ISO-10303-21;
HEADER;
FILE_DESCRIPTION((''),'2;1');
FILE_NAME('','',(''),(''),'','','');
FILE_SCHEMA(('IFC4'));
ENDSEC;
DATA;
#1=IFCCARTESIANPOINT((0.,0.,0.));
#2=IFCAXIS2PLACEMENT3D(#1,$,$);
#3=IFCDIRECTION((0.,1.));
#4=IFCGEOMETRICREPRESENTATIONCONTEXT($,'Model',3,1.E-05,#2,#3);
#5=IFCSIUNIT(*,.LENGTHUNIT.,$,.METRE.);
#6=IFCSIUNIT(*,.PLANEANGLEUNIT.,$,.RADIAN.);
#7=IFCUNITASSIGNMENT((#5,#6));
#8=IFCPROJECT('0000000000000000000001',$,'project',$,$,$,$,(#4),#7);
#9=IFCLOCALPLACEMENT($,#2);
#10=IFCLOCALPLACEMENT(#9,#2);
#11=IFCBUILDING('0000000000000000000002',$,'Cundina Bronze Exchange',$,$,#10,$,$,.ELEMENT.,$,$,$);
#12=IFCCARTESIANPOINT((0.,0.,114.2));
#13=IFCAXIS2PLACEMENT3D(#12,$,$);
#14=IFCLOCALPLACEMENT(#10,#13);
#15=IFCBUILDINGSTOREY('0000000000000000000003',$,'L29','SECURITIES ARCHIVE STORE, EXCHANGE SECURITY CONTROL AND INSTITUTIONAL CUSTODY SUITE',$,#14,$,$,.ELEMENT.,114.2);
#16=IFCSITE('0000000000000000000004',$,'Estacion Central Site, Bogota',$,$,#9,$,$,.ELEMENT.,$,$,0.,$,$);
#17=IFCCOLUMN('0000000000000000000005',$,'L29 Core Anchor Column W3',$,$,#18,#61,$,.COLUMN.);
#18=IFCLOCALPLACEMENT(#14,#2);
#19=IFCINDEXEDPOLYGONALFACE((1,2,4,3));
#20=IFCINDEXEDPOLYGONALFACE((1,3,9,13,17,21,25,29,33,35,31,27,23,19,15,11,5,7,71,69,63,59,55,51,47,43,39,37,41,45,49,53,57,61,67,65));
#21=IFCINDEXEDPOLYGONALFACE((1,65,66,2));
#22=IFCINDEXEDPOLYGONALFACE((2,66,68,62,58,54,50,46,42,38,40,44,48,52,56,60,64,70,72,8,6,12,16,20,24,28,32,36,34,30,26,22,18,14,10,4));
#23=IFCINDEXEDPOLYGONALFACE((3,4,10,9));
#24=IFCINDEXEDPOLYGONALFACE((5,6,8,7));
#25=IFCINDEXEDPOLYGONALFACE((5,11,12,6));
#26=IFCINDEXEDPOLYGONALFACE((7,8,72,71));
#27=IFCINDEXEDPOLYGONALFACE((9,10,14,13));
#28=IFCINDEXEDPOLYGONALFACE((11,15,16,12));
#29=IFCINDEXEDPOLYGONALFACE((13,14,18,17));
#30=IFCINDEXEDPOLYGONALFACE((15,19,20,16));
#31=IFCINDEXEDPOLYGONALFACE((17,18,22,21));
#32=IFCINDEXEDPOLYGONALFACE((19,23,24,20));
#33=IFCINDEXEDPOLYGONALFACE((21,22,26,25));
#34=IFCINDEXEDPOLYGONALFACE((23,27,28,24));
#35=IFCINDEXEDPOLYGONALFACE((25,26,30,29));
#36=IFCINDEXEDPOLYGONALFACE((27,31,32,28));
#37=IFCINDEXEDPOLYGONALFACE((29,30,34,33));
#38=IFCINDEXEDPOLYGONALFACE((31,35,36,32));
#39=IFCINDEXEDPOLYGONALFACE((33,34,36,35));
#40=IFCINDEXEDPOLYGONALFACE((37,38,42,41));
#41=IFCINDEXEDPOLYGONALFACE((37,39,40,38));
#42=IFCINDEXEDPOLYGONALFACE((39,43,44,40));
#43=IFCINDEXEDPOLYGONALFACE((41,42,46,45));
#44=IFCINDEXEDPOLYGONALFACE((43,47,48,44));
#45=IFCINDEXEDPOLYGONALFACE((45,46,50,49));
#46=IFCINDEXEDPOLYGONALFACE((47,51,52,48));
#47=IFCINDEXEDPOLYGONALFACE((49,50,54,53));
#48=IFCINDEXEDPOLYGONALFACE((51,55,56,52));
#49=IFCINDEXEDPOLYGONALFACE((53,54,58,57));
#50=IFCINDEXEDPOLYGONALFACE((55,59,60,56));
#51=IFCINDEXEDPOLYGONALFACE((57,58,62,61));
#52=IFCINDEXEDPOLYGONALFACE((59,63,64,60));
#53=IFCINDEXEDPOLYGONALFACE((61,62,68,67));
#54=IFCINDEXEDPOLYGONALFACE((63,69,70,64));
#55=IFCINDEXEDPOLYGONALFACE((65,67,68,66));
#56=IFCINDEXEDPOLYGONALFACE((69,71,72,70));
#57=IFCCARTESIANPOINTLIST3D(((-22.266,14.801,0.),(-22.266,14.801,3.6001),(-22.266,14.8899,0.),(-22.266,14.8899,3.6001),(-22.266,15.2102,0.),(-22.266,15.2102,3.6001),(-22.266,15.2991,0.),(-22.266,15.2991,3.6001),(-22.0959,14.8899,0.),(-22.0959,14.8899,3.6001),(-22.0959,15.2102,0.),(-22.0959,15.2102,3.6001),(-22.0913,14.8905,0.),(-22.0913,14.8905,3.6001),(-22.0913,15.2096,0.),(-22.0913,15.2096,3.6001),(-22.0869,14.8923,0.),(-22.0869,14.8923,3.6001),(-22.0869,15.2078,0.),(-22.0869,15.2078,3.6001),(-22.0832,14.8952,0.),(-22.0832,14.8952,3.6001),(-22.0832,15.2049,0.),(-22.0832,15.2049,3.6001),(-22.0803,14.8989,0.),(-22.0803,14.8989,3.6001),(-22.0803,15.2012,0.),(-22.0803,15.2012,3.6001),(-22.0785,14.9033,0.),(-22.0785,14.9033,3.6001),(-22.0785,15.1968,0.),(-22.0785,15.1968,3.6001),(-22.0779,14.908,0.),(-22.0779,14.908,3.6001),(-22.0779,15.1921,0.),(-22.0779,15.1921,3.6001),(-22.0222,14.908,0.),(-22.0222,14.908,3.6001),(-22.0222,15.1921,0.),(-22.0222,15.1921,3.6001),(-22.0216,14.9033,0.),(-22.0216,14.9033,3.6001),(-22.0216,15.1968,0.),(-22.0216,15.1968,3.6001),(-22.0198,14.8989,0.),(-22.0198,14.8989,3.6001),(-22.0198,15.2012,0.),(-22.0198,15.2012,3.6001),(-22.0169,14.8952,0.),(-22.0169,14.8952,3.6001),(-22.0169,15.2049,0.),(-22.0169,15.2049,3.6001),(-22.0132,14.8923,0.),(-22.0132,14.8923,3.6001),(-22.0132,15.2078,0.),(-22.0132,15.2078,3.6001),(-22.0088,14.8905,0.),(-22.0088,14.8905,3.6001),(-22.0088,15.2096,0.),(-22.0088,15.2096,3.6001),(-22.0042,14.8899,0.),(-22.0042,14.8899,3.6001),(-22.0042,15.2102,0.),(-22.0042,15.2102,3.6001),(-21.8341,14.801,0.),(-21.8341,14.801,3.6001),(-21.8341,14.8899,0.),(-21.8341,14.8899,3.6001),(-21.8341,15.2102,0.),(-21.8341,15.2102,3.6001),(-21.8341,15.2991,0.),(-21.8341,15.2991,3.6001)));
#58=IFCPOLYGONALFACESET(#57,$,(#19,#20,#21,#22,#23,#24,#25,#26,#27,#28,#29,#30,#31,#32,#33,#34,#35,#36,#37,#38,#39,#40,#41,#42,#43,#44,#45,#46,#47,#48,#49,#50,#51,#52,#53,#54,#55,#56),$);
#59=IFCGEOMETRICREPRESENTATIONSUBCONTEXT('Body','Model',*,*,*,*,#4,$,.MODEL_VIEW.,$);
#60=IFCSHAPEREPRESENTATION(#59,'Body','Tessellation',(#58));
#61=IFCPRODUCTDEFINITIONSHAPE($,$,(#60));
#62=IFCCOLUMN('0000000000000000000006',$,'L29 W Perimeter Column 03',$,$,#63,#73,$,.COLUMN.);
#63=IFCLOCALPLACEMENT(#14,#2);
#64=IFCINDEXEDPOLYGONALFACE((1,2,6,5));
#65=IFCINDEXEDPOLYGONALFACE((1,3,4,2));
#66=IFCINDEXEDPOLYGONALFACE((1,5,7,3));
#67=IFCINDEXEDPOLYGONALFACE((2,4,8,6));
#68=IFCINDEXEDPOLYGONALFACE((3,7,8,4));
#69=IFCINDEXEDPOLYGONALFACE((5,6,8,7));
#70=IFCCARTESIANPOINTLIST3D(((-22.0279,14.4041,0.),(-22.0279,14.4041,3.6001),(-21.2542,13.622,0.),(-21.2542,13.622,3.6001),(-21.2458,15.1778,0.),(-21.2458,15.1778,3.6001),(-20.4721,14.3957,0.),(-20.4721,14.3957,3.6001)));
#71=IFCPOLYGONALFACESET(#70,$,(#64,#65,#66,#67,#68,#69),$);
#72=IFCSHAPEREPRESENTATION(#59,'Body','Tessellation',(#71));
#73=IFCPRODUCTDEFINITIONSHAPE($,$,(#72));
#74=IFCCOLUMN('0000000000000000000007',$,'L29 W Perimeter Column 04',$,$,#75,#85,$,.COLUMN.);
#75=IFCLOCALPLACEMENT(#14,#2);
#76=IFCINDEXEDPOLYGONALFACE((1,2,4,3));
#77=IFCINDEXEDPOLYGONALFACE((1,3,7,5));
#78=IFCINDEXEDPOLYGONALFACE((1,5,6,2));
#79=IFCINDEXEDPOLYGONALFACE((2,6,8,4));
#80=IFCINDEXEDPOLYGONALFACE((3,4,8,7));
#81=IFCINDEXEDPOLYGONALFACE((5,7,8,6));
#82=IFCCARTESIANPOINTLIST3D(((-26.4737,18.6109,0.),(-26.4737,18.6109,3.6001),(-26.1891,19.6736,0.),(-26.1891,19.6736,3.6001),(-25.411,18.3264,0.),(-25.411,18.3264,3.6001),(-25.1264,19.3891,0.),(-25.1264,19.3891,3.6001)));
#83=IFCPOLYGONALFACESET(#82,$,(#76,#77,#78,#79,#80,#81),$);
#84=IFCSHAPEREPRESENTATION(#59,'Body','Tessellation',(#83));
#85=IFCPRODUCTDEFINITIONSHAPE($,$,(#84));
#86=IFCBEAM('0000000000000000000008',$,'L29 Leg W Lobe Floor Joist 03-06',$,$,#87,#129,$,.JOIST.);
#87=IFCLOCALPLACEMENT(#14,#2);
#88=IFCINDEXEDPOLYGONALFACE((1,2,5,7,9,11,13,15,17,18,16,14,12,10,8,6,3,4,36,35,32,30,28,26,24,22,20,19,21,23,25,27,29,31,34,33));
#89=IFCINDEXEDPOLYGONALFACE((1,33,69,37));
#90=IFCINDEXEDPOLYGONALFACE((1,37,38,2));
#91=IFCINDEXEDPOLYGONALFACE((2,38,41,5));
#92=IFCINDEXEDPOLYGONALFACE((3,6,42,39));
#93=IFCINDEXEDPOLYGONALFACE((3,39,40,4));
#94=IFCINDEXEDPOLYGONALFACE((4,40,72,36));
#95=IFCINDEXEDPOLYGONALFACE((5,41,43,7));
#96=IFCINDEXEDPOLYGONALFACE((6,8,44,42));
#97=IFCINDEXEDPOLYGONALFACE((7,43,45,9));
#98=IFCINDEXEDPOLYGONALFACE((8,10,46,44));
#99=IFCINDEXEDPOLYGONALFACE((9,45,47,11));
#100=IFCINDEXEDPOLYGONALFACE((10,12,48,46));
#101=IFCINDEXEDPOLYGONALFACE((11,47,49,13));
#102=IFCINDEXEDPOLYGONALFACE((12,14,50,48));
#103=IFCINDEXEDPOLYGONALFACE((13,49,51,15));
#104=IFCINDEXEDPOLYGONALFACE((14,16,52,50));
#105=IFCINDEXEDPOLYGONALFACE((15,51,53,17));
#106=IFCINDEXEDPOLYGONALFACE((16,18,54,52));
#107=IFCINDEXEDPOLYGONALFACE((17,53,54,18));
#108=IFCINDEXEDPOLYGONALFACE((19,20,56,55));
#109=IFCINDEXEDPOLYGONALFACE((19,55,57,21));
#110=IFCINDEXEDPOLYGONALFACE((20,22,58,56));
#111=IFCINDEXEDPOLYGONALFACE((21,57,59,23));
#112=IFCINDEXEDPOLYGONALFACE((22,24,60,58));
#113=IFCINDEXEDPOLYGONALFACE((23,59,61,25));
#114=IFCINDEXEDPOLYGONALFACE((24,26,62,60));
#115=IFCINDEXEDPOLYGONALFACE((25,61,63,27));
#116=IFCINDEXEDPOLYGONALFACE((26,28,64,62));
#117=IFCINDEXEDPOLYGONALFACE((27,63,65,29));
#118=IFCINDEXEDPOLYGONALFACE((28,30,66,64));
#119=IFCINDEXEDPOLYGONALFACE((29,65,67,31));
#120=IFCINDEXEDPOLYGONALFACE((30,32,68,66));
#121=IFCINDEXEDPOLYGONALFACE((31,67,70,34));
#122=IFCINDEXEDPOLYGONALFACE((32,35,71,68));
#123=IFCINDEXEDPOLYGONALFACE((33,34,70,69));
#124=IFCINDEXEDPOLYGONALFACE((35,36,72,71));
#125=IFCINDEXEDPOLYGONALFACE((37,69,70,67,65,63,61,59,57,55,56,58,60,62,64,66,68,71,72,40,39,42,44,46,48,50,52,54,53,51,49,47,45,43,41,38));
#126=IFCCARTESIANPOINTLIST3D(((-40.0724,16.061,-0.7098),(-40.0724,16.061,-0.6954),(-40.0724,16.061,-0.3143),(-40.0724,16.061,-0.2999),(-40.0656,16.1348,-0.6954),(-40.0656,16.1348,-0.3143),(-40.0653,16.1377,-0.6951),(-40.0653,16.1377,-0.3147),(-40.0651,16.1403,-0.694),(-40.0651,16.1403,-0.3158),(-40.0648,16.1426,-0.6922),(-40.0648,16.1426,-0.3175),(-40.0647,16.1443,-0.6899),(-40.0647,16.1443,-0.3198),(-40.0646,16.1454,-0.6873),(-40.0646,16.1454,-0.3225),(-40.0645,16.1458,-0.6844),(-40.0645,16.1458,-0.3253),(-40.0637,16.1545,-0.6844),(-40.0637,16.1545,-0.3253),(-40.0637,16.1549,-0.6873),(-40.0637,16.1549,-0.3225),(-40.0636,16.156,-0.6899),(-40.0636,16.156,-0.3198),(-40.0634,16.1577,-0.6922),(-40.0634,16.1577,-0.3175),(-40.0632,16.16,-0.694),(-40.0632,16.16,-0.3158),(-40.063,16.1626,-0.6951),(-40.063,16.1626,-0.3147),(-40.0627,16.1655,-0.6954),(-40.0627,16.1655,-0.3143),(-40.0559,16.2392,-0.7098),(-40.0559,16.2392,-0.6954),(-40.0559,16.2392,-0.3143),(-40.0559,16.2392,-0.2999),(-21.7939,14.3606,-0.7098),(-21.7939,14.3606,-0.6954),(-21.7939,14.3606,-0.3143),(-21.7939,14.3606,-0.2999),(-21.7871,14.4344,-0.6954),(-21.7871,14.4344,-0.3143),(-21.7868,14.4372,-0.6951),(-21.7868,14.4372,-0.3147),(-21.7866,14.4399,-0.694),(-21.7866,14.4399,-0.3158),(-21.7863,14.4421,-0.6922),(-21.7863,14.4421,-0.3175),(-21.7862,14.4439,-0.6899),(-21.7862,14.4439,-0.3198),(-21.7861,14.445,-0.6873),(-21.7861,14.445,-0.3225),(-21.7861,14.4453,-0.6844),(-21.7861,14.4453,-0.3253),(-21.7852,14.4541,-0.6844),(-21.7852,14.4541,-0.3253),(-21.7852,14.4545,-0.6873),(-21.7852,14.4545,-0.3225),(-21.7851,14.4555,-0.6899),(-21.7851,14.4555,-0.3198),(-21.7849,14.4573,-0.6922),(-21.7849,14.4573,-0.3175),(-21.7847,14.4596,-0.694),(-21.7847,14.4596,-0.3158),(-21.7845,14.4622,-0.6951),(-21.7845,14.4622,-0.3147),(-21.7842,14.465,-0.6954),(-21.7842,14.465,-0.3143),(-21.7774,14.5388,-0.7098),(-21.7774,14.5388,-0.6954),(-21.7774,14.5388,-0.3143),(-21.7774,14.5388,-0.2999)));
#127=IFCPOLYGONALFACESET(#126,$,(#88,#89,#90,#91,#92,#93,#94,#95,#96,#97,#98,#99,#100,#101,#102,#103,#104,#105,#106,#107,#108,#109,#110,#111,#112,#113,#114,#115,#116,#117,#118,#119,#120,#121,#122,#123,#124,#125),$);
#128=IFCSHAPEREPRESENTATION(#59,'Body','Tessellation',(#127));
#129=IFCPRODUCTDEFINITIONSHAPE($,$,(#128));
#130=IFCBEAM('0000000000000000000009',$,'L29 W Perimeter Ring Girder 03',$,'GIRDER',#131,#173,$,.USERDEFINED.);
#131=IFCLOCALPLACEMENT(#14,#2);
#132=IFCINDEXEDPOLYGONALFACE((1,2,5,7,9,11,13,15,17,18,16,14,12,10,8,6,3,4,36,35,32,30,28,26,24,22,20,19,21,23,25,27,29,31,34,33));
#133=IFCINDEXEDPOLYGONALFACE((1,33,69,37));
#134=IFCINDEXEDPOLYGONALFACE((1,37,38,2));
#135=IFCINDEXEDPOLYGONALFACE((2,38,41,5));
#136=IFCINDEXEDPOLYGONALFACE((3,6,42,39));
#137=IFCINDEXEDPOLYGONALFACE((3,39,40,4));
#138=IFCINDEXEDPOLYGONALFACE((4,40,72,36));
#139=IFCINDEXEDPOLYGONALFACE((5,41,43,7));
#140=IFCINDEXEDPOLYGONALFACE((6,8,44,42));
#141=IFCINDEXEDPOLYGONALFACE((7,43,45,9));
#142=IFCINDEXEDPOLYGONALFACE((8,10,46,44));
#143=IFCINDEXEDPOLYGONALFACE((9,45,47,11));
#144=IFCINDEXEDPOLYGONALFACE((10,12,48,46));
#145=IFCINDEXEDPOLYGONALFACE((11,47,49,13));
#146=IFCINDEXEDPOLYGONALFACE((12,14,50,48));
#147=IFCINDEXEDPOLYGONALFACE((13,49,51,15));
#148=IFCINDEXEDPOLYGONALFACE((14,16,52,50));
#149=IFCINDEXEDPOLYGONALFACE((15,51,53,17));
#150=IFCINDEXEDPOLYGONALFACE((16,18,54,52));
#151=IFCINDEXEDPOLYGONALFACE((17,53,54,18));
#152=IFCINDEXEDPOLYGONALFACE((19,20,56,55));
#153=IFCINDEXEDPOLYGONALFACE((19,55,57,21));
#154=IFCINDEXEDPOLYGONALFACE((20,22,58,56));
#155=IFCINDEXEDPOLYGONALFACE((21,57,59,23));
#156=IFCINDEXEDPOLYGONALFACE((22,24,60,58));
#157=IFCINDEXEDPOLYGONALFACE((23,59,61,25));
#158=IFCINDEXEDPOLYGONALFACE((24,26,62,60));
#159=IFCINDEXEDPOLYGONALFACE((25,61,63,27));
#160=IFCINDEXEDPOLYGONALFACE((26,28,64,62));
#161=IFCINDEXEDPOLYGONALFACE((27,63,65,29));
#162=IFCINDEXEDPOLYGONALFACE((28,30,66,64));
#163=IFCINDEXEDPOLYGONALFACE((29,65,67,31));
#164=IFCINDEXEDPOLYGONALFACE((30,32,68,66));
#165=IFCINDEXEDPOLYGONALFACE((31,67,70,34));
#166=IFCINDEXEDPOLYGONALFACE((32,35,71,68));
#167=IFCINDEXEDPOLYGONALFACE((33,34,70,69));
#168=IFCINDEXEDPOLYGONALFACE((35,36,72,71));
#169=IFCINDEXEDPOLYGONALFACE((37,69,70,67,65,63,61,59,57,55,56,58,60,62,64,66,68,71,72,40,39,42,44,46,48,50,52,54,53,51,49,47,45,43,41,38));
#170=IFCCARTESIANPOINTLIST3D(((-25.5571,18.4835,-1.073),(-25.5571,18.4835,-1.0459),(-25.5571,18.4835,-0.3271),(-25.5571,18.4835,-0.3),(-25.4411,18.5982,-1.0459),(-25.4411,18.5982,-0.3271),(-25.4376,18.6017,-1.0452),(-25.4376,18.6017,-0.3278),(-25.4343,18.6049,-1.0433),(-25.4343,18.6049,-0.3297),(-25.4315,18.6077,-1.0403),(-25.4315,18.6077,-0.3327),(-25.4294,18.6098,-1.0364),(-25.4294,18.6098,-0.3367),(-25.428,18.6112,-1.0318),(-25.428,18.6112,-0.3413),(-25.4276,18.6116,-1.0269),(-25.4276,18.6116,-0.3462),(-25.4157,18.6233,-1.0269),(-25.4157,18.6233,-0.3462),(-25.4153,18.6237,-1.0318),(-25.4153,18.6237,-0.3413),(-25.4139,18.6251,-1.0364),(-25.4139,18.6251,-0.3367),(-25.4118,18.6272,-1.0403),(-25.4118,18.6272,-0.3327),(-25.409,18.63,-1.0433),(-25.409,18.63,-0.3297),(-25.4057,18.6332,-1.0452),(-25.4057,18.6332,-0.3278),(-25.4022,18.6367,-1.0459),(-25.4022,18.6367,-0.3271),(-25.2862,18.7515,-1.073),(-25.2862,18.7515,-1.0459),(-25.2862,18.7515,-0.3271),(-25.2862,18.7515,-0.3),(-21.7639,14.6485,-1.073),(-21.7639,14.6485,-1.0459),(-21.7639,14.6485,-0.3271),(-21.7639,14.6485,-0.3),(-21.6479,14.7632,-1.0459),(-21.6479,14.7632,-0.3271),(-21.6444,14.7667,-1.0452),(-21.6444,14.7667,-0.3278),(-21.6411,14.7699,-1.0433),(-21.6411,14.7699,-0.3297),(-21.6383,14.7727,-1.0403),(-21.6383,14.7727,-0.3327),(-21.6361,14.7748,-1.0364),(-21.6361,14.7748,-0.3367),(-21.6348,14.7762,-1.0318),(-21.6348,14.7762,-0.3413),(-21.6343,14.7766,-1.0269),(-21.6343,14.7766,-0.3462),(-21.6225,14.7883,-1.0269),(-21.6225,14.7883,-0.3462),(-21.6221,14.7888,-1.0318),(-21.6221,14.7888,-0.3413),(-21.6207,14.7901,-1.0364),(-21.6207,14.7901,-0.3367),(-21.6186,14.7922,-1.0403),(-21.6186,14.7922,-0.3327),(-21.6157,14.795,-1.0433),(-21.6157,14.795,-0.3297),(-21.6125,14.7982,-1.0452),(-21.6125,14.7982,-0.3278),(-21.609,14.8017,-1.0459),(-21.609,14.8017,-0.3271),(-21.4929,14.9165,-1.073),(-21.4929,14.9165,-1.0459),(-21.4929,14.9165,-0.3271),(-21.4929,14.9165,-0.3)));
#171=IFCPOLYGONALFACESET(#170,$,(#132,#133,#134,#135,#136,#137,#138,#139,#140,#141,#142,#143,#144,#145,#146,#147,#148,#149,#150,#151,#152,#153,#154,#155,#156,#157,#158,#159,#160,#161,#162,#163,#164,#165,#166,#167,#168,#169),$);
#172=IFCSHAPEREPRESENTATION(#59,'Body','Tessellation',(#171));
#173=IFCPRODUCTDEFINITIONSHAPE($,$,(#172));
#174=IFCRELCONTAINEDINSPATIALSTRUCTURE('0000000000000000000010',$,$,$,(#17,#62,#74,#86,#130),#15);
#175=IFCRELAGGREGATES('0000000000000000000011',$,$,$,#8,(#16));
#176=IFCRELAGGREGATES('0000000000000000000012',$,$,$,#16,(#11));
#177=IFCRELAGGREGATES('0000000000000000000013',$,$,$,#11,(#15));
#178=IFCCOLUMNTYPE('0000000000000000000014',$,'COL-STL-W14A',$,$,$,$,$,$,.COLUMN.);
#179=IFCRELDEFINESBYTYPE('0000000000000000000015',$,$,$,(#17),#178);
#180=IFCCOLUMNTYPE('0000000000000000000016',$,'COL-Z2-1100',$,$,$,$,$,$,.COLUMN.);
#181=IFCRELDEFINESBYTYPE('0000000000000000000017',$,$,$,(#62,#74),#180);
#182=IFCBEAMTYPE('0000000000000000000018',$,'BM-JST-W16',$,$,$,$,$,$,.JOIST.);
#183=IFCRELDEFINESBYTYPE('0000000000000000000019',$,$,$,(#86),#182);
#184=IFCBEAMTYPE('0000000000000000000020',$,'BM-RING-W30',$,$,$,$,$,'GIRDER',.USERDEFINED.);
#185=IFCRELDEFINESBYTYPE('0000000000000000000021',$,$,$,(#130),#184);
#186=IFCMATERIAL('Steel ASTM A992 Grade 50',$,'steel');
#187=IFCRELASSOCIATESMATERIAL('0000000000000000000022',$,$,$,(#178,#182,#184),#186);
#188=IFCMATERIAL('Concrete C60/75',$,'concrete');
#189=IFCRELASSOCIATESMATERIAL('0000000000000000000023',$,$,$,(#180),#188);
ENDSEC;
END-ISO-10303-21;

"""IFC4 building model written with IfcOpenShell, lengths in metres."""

from ifc_helpers import new_model, si_unit, direction, frame, origin, origin_2d, place, context, subcontext, project, spatial, rectangle, i_section, extrude, material, material_profile, profile_set, type_object, element, save


model = new_model("IFC4")

# Units and contexts
model_context = context("Model", 3, precision=1e-05, world=origin(), true_north=direction((0.0, 1.0)))
body_context = subcontext(model_context, "Body", "Model", "MODEL_VIEW")
ifc_project = project(units=[si_unit("LENGTHUNIT", "METRE"), si_unit("PLANEANGLEUNIT", "RADIAN")], contexts=[model_context])

# Site, building, storey
site_placement = place(None, origin())
site = spatial("IfcSite", under=ifc_project, at=site_placement, Name="Estacion Central Site, Bogota", CompositionType="ELEMENT", RefElevation=0.0)
building_placement = place(site_placement, origin())
building = spatial("IfcBuilding", under=site, at=building_placement, Name="Cundina Bronze Exchange", CompositionType="ELEMENT")
storey_placement = place(building_placement, frame((0.0, 0.0, 114.2)))
storey = spatial("IfcBuildingStorey", under=building, at=storey_placement, Name="L29", Description="SECURITIES ARCHIVE STORE, EXCHANGE SECURITY CONTROL AND INSTITUTIONAL CUSTODY SUITE", CompositionType="ELEMENT", Elevation=114.2)

# Columns
ifc_material_1 = material(Name="Steel ASTM A992 Grade 50", Category="steel")
ifc_material_profile_1 = material_profile(ifc_material_1, i_section(OverallWidth=0.4319, OverallDepth=0.498, WebThickness=0.0557, FlangeThickness=0.0889, FilletRadius=0.0181, at=origin_2d()), Name="W14X500", Category="steel")
ifc_profile_set_1 = profile_set([ifc_material_profile_1], Name="Steel ASTM A992 Grade 50")
column_type_1 = type_object("IfcColumnType", Name="COL-STL-W14A", PredefinedType="COLUMN", material=ifc_profile_set_1)
column_placement = place(storey_placement, frame((-22.05, 15.05, 0.0), z_axis=(0.0, 0.0, 1.0), x_axis=(1.0, 0.0, 0.0)))
element("IfcColumn", 1, at=column_placement, inside=storey, type_object=column_type_1, Name="L29 Core Anchor Column W3", PredefinedType="COLUMN", context=body_context, shape_type="SweptSolid", body=[
    extrude(i_section(OverallWidth=0.4319, OverallDepth=0.498, WebThickness=0.0557, FlangeThickness=0.0889, FilletRadius=0.0181, at=origin_2d()), origin(), (0.0, 0.0, 1.0), 3.6001),
])
ifc_material_2 = material(Name="Concrete C60/75", Category="concrete")
ifc_material_profile_2 = material_profile(ifc_material_2, rectangle(XDim=1.1001, YDim=1.1001, at=origin_2d()), Name="RC1100X1100", Category="concrete")
ifc_profile_set_2 = profile_set([ifc_material_profile_2], Name="Concrete C60/75")
column_type_2 = type_object("IfcColumnType", Name="COL-Z2-1100", PredefinedType="COLUMN", material=ifc_profile_set_2)
for number, where, z_axis, x_axis, name in (
    (2, (-21.25, 14.3999, 0.0), (0.0, 0.0, 1.0), (-0.703271, 0.710922, 0.0), "L29 W Perimeter Column 03"),
    (3, (-25.8, 19.0, 0.0), (0.0, 0.0, 1.0), (-0.965971, 0.25865, 0.0), "L29 W Perimeter Column 04"),
):
    element("IfcColumn", number, at=place(storey_placement, frame(where, z_axis=z_axis, x_axis=x_axis)), inside=storey, type_object=column_type_2, Name=name, PredefinedType="COLUMN", context=body_context, shape_type="SweptSolid", body=[
        extrude(rectangle(XDim=1.1001, YDim=1.1001, at=origin_2d()), origin(), (0.0, 0.0, 1.0), 3.6001),
    ])

# Beams
ifc_material_profile_3 = material_profile(ifc_material_1, i_section(OverallWidth=0.179, OverallDepth=0.4099, WebThickness=0.0088, FlangeThickness=0.0144, FilletRadius=0.011, at=origin_2d()), Name="W16X45", Category="steel")
ifc_profile_set_3 = profile_set([ifc_material_profile_3], Name="Steel ASTM A992 Grade 50")
beam_type_1 = type_object("IfcBeamType", Name="BM-JST-W16", PredefinedType="JOIST", material=ifc_profile_set_3)
beam_1_placement = place(storey_placement, frame((-21.7856, 14.4497, -0.5049), z_axis=(-0.995701, 0.092629, 0.0), x_axis=(-0.092629, -0.995701, 0.0)))
element("IfcBeam", 4, at=beam_1_placement, inside=storey, type_object=beam_type_1, Name="L29 Leg W Lobe Floor Joist 03-06", PredefinedType="JOIST", context=body_context, shape_type="SweptSolid", body=[
    extrude(i_section(OverallWidth=0.179, OverallDepth=0.4099, WebThickness=0.0088, FlangeThickness=0.0144, FilletRadius=0.011, at=origin_2d()), origin(), (0.0, 0.0, 1.0), 18.3574),
])
ifc_material_profile_4 = material_profile(ifc_material_1, i_section(OverallWidth=0.3811, OverallDepth=0.7729, WebThickness=0.0166, FlangeThickness=0.0271, FilletRadius=0.019, at=origin_2d()), Name="W30X173", Category="steel")
ifc_profile_set_4 = profile_set([ifc_material_profile_4], Name="Steel ASTM A992 Grade 50")
beam_type_2 = type_object("IfcBeamType", Name="BM-RING-W30", ElementType="GIRDER", PredefinedType="USERDEFINED", material=ifc_profile_set_4)
beam_2_placement = place(storey_placement, frame((-21.6284, 14.7825, -0.6865), z_axis=(-0.703226, 0.710966, 0.0), x_axis=(-0.710966, -0.703226, 0.0)))
element("IfcBeam", 5, at=beam_2_placement, inside=storey, type_object=beam_type_2, Name="L29 W Perimeter Ring Girder 03", ObjectType="GIRDER", PredefinedType="USERDEFINED", context=body_context, shape_type="SweptSolid", body=[
    extrude(i_section(OverallWidth=0.3811, OverallDepth=0.7729, WebThickness=0.0166, FlangeThickness=0.0271, FilletRadius=0.019, at=origin_2d()), origin(), (0.0, 0.0, 1.0), 5.394),
])

save(model, "model.ifc")
